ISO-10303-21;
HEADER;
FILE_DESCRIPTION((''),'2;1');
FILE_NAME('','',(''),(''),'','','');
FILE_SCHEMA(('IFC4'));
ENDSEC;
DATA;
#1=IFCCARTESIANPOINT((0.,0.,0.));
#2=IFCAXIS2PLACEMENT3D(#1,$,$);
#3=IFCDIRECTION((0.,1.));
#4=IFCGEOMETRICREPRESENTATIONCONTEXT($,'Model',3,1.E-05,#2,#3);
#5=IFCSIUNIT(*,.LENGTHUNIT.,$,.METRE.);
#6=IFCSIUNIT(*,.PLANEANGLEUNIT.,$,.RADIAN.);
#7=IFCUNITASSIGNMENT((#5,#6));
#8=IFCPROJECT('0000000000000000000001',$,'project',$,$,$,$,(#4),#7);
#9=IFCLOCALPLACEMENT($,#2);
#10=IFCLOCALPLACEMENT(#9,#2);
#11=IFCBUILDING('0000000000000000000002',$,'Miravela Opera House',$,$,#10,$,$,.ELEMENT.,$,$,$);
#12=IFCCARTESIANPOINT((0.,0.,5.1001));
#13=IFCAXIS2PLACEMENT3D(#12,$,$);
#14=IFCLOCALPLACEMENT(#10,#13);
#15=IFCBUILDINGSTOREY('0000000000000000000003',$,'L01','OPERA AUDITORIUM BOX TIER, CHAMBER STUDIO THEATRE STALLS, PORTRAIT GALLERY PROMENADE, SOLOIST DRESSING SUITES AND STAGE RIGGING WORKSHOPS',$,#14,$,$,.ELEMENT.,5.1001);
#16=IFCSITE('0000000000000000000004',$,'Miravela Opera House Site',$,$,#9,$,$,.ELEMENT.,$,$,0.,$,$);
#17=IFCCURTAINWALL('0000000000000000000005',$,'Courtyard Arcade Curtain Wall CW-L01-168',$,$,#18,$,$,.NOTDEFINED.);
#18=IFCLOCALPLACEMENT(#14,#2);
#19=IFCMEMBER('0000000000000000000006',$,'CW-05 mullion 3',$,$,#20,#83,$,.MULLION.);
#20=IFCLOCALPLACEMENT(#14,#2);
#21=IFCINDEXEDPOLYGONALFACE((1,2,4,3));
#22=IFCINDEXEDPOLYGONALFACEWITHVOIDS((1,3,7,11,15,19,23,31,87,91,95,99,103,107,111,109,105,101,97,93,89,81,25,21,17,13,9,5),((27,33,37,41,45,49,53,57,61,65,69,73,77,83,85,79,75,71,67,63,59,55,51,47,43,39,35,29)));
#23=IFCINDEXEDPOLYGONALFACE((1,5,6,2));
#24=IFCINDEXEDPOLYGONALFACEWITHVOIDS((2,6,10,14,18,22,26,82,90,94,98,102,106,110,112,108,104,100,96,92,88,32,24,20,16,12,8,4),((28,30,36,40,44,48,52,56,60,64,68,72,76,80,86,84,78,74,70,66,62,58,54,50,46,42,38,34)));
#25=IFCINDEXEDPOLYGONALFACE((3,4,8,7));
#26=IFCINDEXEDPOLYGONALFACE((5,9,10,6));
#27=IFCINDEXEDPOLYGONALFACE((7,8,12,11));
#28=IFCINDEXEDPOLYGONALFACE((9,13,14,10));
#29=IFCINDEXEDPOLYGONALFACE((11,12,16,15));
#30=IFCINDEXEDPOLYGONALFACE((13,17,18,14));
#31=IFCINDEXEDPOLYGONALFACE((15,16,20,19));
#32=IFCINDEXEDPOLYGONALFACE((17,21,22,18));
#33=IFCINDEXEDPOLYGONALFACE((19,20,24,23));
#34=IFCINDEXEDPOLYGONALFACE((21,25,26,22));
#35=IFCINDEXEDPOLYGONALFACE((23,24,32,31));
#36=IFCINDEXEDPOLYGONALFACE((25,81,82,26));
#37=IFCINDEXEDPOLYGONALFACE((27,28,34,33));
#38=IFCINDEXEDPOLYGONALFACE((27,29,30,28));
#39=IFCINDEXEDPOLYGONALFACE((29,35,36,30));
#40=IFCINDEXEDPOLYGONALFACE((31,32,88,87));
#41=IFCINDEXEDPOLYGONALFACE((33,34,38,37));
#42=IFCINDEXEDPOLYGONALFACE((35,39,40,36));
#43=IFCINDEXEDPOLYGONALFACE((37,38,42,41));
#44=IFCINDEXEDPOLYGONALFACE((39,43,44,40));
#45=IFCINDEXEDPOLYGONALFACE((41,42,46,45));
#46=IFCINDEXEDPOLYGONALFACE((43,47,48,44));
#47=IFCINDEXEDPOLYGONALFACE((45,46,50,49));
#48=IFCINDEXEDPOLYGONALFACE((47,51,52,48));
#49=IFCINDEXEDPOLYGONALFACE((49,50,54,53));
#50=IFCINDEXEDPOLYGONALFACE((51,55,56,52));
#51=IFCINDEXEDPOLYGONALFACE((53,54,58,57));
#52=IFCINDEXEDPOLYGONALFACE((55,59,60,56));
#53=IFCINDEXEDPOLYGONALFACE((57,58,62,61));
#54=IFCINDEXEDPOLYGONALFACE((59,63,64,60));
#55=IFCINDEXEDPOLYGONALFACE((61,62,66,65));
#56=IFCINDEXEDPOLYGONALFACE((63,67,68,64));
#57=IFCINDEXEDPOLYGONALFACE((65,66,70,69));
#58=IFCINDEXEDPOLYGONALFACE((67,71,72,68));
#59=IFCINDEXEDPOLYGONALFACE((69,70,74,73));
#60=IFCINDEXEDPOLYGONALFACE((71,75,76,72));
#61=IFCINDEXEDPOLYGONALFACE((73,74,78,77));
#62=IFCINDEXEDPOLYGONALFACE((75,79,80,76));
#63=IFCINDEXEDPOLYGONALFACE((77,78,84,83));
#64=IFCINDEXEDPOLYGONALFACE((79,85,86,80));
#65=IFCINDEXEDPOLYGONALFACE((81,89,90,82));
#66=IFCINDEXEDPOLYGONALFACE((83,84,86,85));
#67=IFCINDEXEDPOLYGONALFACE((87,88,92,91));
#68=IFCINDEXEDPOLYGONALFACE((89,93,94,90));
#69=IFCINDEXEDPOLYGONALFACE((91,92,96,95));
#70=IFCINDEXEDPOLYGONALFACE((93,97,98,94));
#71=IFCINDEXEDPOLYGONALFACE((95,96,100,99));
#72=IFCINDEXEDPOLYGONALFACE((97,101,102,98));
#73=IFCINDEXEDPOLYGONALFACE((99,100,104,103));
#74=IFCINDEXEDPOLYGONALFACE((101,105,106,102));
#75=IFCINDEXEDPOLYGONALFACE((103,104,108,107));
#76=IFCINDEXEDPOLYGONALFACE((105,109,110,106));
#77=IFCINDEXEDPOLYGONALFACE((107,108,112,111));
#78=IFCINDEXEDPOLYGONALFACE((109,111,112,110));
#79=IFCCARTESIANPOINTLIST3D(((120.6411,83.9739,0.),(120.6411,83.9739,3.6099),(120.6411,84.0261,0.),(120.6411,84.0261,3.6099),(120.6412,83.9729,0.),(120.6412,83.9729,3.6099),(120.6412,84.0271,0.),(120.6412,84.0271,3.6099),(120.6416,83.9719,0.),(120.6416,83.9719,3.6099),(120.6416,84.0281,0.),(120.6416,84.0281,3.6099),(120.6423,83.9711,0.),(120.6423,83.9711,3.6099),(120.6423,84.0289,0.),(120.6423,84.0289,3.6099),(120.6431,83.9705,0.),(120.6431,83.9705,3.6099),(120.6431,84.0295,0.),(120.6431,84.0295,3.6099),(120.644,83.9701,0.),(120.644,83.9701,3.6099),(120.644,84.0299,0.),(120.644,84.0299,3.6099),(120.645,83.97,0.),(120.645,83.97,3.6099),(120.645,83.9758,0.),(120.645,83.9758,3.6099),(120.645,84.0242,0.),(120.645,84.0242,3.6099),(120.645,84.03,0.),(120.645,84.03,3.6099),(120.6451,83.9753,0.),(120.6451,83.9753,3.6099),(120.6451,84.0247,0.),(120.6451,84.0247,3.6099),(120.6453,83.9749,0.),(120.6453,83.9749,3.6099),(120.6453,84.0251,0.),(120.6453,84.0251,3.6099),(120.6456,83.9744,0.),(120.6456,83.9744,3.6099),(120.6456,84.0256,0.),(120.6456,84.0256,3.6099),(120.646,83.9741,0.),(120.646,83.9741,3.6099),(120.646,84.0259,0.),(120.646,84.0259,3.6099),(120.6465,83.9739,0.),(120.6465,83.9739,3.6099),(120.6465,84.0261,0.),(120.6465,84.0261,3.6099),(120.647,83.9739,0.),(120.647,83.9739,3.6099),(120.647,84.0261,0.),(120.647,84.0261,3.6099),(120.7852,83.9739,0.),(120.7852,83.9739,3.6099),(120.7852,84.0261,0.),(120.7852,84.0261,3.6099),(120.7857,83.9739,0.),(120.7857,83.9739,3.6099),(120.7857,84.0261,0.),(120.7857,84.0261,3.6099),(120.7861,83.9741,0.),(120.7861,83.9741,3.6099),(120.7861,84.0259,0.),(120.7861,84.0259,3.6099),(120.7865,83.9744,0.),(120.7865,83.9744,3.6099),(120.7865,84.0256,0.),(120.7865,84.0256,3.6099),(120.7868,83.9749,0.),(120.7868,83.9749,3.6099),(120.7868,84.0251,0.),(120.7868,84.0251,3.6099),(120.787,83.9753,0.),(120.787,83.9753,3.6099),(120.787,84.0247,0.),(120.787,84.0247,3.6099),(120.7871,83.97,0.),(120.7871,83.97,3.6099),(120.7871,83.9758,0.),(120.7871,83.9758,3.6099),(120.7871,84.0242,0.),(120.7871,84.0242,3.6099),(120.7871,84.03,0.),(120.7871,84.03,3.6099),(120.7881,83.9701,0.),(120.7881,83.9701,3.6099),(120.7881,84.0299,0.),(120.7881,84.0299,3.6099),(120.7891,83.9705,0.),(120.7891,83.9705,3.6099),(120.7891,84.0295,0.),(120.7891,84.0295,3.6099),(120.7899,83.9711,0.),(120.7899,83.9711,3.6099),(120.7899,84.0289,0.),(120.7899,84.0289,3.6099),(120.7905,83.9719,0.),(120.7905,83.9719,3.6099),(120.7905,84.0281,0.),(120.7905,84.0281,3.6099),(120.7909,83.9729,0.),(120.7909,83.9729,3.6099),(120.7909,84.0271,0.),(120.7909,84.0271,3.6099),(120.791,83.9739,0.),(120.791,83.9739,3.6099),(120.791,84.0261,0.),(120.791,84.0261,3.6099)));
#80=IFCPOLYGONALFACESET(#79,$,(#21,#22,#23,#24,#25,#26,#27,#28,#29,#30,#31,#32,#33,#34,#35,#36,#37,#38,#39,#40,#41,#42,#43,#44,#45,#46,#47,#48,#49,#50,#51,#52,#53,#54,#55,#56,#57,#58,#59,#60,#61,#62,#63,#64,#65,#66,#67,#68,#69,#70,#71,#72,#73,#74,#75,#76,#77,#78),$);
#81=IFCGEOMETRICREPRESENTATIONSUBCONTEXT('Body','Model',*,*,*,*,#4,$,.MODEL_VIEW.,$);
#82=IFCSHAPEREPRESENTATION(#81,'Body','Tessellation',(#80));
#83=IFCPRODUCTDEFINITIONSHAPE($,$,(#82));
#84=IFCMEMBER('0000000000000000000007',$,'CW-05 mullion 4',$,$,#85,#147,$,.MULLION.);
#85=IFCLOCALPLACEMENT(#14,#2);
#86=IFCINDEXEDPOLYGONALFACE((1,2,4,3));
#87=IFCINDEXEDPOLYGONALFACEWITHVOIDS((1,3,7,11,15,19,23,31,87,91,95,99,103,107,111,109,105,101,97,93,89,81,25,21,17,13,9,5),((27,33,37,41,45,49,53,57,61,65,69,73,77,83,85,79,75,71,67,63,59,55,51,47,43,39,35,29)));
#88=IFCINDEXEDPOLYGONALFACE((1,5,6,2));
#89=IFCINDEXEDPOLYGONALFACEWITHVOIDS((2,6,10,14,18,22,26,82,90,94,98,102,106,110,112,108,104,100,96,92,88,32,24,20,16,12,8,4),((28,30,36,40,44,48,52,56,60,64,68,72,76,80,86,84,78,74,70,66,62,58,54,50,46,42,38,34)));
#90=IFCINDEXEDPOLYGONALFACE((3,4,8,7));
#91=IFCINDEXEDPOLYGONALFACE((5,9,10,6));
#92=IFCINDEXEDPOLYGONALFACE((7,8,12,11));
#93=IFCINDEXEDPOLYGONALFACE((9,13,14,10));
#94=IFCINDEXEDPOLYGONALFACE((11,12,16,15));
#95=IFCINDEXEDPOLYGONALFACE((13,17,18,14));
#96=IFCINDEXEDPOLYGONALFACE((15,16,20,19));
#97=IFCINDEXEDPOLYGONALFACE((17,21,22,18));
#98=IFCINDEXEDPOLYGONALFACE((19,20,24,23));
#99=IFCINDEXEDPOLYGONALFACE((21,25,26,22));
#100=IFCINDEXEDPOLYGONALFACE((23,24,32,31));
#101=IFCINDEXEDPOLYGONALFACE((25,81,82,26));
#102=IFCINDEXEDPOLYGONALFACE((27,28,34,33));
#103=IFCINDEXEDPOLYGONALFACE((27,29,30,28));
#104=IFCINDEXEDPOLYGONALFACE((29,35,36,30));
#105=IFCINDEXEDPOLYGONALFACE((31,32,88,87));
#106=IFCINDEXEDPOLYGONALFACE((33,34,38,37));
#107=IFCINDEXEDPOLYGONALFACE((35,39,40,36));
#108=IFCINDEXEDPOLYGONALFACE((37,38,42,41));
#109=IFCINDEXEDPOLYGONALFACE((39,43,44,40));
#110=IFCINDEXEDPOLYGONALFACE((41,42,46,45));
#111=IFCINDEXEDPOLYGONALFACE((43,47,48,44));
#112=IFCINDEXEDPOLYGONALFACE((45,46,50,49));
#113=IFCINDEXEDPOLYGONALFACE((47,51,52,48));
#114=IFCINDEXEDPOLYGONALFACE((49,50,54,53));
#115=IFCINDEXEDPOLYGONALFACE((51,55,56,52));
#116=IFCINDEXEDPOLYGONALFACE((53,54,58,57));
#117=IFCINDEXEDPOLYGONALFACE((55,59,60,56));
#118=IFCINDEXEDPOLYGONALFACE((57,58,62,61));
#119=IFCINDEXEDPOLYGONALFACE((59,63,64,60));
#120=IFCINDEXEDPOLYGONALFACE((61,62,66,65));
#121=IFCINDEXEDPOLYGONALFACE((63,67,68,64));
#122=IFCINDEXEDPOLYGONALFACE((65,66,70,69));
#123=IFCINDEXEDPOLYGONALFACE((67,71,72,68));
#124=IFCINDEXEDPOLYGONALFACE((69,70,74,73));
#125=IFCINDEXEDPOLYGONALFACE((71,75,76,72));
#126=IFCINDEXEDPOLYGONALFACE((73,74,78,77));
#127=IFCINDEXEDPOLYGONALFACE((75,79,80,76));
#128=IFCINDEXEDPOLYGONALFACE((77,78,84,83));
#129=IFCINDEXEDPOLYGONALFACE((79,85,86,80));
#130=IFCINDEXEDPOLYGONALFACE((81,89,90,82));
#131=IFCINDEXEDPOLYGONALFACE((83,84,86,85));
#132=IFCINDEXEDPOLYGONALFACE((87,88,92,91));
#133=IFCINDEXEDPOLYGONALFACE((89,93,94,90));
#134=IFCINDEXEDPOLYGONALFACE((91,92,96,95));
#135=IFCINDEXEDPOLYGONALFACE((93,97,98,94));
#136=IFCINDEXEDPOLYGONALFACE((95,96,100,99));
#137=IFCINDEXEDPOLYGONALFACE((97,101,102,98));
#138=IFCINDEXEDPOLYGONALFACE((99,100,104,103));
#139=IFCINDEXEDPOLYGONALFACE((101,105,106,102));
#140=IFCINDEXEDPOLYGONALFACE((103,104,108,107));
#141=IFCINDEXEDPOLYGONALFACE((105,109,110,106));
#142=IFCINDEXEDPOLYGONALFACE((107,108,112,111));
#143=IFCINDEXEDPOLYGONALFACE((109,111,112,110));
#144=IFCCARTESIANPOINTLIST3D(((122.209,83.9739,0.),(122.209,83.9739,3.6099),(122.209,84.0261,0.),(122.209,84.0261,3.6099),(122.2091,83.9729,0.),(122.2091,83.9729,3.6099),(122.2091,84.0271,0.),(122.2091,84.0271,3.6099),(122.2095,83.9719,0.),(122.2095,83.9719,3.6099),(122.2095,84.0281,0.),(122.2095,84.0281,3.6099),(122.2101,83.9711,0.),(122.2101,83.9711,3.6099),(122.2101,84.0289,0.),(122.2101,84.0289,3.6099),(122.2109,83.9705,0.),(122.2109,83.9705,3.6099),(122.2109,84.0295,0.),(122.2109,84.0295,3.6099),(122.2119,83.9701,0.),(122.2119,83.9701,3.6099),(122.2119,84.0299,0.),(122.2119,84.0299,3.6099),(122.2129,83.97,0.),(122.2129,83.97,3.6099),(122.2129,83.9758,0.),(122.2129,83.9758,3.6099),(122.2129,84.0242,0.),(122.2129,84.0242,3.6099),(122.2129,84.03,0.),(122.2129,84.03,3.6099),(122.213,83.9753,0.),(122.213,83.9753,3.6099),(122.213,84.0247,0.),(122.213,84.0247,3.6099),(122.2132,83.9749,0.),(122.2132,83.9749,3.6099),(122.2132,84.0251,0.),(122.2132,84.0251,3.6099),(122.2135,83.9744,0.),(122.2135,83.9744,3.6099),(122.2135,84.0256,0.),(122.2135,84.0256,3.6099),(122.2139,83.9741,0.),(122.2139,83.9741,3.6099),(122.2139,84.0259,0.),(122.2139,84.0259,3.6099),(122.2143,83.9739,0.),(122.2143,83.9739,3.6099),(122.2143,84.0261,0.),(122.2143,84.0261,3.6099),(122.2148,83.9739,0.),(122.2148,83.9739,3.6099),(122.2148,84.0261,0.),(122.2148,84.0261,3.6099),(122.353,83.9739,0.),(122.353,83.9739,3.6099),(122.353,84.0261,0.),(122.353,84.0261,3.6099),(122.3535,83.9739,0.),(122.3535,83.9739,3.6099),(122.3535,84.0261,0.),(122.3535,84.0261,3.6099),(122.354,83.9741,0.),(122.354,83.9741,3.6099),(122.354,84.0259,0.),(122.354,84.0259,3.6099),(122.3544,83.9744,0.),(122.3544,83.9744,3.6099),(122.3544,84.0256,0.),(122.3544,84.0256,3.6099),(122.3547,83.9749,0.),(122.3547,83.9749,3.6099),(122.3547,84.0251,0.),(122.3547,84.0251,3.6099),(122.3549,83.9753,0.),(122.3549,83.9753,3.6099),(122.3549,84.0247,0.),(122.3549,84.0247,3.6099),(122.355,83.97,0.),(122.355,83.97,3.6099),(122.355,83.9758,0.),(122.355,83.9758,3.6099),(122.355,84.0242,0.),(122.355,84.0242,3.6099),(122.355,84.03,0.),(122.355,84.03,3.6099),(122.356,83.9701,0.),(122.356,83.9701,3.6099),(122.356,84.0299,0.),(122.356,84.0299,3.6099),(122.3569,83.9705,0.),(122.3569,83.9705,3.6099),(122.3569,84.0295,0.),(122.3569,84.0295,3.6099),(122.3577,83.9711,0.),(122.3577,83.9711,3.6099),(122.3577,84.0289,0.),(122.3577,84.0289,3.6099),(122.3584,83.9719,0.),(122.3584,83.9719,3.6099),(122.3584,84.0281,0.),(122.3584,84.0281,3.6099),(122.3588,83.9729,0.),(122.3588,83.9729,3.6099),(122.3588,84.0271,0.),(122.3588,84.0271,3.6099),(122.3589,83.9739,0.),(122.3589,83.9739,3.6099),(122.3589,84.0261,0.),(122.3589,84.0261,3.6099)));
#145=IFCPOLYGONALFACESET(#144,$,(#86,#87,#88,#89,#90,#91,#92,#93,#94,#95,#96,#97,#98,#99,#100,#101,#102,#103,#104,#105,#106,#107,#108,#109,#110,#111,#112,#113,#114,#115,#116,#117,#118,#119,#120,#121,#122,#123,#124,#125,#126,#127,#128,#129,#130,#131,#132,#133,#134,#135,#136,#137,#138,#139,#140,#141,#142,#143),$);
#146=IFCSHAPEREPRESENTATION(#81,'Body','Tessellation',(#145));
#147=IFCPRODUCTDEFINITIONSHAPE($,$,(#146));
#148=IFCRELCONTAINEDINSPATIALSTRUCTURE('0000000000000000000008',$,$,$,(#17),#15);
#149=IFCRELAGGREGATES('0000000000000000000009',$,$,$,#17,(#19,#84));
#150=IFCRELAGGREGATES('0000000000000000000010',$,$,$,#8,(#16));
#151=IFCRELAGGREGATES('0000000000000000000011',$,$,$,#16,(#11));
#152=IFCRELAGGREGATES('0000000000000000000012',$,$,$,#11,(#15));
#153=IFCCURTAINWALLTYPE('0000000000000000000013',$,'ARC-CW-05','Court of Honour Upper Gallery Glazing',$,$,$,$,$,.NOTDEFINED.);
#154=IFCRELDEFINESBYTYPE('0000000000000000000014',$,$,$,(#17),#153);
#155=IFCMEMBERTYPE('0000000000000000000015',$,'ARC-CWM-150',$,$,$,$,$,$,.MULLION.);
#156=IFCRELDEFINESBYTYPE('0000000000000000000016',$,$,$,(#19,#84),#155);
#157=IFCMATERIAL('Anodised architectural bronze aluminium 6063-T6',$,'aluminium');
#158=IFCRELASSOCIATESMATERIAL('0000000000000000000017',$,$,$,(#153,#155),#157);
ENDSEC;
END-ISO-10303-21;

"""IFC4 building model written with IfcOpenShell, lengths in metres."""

from ifc_helpers import new_model, si_unit, direction, frame, origin, origin_2d, place, context, subcontext, project, spatial, hollow_rectangle, extrude, material, material_profile, profile_set, type_object, element, aggregate, save


model = new_model("IFC4")

# Units and contexts
model_context = context("Model", 3, precision=1e-05, world=origin(), true_north=direction((0.0, 1.0)))
body_context = subcontext(model_context, "Body", "Model", "MODEL_VIEW")
ifc_project = project(units=[si_unit("LENGTHUNIT", "METRE"), si_unit("PLANEANGLEUNIT", "RADIAN")], contexts=[model_context])

# Site, building, storey
site_placement = place(None, origin())
site = spatial("IfcSite", under=ifc_project, at=site_placement, Name="Miravela Opera House Site", CompositionType="ELEMENT", RefElevation=0.0)
building_placement = place(site_placement, origin())
building = spatial("IfcBuilding", under=site, at=building_placement, Name="Miravela Opera House", CompositionType="ELEMENT")
storey_placement = place(building_placement, frame((0.0, 0.0, 5.1001)))
storey = spatial("IfcBuildingStorey", under=building, at=storey_placement, Name="L01", Description="OPERA AUDITORIUM BOX TIER, CHAMBER STUDIO THEATRE STALLS, PORTRAIT GALLERY PROMENADE, SOLOIST DRESSING SUITES AND STAGE RIGGING WORKSHOPS", CompositionType="ELEMENT", Elevation=5.1001)

# Curtain wall, members
ifc_material_1 = material(Name="Anodised architectural bronze aluminium 6063-T6", Category="aluminium")
curtain_wall_type = type_object("IfcCurtainWallType", Name="ARC-CW-05", Description="Court of Honour Upper Gallery Glazing", PredefinedType="NOTDEFINED", material=ifc_material_1)
curtain_wall_placement = place(storey_placement, origin())
curtain_wall = element("IfcCurtainWall", 1, at=curtain_wall_placement, inside=storey, type_object=curtain_wall_type, Name="Courtyard Arcade Curtain Wall CW-L01-168", PredefinedType="NOTDEFINED")
ifc_material_profile_1 = material_profile(ifc_material_1, hollow_rectangle(XDim=0.0601, YDim=0.1499, WallThickness=0.0039, InnerFilletRadius=0.002, OuterFilletRadius=0.0039, at=origin_2d()), Name="CWM-60X150")
ifc_profile_set_1 = profile_set([ifc_material_profile_1])
member_type_1 = type_object("IfcMemberType", Name="ARC-CWM-150", PredefinedType="MULLION", material=ifc_profile_set_1)
member_1_placement = place(storey_placement, frame((120.7161, 84.0, 0.0), z_axis=(0.0, 0.0, 1.0), x_axis=(0.0, 1.0, 0.0)))
member_1 = element("IfcMember", 2, at=member_1_placement, type_object=member_type_1, Name="CW-05 mullion 3", PredefinedType="MULLION", context=body_context, shape_type="SweptSolid", body=[
    extrude(hollow_rectangle(XDim=0.0601, YDim=0.1499, WallThickness=0.0039, InnerFilletRadius=0.002, OuterFilletRadius=0.0039, at=origin_2d()), origin(), (0.0, 0.0, 1.0), 3.6099),
])
member_2_placement = place(storey_placement, frame((122.2839, 84.0, 0.0), z_axis=(0.0, 0.0, 1.0), x_axis=(0.0, 1.0, 0.0)))
member_2 = element("IfcMember", 3, at=member_2_placement, type_object=member_type_1, Name="CW-05 mullion 4", PredefinedType="MULLION", context=body_context, shape_type="SweptSolid", body=[
    extrude(hollow_rectangle(XDim=0.0601, YDim=0.1499, WallThickness=0.0039, InnerFilletRadius=0.002, OuterFilletRadius=0.0039, at=origin_2d()), origin(), (0.0, 0.0, 1.0), 3.6099),
])
aggregate(curtain_wall, [member_1, member_2])

save(model, "model.ifc")
